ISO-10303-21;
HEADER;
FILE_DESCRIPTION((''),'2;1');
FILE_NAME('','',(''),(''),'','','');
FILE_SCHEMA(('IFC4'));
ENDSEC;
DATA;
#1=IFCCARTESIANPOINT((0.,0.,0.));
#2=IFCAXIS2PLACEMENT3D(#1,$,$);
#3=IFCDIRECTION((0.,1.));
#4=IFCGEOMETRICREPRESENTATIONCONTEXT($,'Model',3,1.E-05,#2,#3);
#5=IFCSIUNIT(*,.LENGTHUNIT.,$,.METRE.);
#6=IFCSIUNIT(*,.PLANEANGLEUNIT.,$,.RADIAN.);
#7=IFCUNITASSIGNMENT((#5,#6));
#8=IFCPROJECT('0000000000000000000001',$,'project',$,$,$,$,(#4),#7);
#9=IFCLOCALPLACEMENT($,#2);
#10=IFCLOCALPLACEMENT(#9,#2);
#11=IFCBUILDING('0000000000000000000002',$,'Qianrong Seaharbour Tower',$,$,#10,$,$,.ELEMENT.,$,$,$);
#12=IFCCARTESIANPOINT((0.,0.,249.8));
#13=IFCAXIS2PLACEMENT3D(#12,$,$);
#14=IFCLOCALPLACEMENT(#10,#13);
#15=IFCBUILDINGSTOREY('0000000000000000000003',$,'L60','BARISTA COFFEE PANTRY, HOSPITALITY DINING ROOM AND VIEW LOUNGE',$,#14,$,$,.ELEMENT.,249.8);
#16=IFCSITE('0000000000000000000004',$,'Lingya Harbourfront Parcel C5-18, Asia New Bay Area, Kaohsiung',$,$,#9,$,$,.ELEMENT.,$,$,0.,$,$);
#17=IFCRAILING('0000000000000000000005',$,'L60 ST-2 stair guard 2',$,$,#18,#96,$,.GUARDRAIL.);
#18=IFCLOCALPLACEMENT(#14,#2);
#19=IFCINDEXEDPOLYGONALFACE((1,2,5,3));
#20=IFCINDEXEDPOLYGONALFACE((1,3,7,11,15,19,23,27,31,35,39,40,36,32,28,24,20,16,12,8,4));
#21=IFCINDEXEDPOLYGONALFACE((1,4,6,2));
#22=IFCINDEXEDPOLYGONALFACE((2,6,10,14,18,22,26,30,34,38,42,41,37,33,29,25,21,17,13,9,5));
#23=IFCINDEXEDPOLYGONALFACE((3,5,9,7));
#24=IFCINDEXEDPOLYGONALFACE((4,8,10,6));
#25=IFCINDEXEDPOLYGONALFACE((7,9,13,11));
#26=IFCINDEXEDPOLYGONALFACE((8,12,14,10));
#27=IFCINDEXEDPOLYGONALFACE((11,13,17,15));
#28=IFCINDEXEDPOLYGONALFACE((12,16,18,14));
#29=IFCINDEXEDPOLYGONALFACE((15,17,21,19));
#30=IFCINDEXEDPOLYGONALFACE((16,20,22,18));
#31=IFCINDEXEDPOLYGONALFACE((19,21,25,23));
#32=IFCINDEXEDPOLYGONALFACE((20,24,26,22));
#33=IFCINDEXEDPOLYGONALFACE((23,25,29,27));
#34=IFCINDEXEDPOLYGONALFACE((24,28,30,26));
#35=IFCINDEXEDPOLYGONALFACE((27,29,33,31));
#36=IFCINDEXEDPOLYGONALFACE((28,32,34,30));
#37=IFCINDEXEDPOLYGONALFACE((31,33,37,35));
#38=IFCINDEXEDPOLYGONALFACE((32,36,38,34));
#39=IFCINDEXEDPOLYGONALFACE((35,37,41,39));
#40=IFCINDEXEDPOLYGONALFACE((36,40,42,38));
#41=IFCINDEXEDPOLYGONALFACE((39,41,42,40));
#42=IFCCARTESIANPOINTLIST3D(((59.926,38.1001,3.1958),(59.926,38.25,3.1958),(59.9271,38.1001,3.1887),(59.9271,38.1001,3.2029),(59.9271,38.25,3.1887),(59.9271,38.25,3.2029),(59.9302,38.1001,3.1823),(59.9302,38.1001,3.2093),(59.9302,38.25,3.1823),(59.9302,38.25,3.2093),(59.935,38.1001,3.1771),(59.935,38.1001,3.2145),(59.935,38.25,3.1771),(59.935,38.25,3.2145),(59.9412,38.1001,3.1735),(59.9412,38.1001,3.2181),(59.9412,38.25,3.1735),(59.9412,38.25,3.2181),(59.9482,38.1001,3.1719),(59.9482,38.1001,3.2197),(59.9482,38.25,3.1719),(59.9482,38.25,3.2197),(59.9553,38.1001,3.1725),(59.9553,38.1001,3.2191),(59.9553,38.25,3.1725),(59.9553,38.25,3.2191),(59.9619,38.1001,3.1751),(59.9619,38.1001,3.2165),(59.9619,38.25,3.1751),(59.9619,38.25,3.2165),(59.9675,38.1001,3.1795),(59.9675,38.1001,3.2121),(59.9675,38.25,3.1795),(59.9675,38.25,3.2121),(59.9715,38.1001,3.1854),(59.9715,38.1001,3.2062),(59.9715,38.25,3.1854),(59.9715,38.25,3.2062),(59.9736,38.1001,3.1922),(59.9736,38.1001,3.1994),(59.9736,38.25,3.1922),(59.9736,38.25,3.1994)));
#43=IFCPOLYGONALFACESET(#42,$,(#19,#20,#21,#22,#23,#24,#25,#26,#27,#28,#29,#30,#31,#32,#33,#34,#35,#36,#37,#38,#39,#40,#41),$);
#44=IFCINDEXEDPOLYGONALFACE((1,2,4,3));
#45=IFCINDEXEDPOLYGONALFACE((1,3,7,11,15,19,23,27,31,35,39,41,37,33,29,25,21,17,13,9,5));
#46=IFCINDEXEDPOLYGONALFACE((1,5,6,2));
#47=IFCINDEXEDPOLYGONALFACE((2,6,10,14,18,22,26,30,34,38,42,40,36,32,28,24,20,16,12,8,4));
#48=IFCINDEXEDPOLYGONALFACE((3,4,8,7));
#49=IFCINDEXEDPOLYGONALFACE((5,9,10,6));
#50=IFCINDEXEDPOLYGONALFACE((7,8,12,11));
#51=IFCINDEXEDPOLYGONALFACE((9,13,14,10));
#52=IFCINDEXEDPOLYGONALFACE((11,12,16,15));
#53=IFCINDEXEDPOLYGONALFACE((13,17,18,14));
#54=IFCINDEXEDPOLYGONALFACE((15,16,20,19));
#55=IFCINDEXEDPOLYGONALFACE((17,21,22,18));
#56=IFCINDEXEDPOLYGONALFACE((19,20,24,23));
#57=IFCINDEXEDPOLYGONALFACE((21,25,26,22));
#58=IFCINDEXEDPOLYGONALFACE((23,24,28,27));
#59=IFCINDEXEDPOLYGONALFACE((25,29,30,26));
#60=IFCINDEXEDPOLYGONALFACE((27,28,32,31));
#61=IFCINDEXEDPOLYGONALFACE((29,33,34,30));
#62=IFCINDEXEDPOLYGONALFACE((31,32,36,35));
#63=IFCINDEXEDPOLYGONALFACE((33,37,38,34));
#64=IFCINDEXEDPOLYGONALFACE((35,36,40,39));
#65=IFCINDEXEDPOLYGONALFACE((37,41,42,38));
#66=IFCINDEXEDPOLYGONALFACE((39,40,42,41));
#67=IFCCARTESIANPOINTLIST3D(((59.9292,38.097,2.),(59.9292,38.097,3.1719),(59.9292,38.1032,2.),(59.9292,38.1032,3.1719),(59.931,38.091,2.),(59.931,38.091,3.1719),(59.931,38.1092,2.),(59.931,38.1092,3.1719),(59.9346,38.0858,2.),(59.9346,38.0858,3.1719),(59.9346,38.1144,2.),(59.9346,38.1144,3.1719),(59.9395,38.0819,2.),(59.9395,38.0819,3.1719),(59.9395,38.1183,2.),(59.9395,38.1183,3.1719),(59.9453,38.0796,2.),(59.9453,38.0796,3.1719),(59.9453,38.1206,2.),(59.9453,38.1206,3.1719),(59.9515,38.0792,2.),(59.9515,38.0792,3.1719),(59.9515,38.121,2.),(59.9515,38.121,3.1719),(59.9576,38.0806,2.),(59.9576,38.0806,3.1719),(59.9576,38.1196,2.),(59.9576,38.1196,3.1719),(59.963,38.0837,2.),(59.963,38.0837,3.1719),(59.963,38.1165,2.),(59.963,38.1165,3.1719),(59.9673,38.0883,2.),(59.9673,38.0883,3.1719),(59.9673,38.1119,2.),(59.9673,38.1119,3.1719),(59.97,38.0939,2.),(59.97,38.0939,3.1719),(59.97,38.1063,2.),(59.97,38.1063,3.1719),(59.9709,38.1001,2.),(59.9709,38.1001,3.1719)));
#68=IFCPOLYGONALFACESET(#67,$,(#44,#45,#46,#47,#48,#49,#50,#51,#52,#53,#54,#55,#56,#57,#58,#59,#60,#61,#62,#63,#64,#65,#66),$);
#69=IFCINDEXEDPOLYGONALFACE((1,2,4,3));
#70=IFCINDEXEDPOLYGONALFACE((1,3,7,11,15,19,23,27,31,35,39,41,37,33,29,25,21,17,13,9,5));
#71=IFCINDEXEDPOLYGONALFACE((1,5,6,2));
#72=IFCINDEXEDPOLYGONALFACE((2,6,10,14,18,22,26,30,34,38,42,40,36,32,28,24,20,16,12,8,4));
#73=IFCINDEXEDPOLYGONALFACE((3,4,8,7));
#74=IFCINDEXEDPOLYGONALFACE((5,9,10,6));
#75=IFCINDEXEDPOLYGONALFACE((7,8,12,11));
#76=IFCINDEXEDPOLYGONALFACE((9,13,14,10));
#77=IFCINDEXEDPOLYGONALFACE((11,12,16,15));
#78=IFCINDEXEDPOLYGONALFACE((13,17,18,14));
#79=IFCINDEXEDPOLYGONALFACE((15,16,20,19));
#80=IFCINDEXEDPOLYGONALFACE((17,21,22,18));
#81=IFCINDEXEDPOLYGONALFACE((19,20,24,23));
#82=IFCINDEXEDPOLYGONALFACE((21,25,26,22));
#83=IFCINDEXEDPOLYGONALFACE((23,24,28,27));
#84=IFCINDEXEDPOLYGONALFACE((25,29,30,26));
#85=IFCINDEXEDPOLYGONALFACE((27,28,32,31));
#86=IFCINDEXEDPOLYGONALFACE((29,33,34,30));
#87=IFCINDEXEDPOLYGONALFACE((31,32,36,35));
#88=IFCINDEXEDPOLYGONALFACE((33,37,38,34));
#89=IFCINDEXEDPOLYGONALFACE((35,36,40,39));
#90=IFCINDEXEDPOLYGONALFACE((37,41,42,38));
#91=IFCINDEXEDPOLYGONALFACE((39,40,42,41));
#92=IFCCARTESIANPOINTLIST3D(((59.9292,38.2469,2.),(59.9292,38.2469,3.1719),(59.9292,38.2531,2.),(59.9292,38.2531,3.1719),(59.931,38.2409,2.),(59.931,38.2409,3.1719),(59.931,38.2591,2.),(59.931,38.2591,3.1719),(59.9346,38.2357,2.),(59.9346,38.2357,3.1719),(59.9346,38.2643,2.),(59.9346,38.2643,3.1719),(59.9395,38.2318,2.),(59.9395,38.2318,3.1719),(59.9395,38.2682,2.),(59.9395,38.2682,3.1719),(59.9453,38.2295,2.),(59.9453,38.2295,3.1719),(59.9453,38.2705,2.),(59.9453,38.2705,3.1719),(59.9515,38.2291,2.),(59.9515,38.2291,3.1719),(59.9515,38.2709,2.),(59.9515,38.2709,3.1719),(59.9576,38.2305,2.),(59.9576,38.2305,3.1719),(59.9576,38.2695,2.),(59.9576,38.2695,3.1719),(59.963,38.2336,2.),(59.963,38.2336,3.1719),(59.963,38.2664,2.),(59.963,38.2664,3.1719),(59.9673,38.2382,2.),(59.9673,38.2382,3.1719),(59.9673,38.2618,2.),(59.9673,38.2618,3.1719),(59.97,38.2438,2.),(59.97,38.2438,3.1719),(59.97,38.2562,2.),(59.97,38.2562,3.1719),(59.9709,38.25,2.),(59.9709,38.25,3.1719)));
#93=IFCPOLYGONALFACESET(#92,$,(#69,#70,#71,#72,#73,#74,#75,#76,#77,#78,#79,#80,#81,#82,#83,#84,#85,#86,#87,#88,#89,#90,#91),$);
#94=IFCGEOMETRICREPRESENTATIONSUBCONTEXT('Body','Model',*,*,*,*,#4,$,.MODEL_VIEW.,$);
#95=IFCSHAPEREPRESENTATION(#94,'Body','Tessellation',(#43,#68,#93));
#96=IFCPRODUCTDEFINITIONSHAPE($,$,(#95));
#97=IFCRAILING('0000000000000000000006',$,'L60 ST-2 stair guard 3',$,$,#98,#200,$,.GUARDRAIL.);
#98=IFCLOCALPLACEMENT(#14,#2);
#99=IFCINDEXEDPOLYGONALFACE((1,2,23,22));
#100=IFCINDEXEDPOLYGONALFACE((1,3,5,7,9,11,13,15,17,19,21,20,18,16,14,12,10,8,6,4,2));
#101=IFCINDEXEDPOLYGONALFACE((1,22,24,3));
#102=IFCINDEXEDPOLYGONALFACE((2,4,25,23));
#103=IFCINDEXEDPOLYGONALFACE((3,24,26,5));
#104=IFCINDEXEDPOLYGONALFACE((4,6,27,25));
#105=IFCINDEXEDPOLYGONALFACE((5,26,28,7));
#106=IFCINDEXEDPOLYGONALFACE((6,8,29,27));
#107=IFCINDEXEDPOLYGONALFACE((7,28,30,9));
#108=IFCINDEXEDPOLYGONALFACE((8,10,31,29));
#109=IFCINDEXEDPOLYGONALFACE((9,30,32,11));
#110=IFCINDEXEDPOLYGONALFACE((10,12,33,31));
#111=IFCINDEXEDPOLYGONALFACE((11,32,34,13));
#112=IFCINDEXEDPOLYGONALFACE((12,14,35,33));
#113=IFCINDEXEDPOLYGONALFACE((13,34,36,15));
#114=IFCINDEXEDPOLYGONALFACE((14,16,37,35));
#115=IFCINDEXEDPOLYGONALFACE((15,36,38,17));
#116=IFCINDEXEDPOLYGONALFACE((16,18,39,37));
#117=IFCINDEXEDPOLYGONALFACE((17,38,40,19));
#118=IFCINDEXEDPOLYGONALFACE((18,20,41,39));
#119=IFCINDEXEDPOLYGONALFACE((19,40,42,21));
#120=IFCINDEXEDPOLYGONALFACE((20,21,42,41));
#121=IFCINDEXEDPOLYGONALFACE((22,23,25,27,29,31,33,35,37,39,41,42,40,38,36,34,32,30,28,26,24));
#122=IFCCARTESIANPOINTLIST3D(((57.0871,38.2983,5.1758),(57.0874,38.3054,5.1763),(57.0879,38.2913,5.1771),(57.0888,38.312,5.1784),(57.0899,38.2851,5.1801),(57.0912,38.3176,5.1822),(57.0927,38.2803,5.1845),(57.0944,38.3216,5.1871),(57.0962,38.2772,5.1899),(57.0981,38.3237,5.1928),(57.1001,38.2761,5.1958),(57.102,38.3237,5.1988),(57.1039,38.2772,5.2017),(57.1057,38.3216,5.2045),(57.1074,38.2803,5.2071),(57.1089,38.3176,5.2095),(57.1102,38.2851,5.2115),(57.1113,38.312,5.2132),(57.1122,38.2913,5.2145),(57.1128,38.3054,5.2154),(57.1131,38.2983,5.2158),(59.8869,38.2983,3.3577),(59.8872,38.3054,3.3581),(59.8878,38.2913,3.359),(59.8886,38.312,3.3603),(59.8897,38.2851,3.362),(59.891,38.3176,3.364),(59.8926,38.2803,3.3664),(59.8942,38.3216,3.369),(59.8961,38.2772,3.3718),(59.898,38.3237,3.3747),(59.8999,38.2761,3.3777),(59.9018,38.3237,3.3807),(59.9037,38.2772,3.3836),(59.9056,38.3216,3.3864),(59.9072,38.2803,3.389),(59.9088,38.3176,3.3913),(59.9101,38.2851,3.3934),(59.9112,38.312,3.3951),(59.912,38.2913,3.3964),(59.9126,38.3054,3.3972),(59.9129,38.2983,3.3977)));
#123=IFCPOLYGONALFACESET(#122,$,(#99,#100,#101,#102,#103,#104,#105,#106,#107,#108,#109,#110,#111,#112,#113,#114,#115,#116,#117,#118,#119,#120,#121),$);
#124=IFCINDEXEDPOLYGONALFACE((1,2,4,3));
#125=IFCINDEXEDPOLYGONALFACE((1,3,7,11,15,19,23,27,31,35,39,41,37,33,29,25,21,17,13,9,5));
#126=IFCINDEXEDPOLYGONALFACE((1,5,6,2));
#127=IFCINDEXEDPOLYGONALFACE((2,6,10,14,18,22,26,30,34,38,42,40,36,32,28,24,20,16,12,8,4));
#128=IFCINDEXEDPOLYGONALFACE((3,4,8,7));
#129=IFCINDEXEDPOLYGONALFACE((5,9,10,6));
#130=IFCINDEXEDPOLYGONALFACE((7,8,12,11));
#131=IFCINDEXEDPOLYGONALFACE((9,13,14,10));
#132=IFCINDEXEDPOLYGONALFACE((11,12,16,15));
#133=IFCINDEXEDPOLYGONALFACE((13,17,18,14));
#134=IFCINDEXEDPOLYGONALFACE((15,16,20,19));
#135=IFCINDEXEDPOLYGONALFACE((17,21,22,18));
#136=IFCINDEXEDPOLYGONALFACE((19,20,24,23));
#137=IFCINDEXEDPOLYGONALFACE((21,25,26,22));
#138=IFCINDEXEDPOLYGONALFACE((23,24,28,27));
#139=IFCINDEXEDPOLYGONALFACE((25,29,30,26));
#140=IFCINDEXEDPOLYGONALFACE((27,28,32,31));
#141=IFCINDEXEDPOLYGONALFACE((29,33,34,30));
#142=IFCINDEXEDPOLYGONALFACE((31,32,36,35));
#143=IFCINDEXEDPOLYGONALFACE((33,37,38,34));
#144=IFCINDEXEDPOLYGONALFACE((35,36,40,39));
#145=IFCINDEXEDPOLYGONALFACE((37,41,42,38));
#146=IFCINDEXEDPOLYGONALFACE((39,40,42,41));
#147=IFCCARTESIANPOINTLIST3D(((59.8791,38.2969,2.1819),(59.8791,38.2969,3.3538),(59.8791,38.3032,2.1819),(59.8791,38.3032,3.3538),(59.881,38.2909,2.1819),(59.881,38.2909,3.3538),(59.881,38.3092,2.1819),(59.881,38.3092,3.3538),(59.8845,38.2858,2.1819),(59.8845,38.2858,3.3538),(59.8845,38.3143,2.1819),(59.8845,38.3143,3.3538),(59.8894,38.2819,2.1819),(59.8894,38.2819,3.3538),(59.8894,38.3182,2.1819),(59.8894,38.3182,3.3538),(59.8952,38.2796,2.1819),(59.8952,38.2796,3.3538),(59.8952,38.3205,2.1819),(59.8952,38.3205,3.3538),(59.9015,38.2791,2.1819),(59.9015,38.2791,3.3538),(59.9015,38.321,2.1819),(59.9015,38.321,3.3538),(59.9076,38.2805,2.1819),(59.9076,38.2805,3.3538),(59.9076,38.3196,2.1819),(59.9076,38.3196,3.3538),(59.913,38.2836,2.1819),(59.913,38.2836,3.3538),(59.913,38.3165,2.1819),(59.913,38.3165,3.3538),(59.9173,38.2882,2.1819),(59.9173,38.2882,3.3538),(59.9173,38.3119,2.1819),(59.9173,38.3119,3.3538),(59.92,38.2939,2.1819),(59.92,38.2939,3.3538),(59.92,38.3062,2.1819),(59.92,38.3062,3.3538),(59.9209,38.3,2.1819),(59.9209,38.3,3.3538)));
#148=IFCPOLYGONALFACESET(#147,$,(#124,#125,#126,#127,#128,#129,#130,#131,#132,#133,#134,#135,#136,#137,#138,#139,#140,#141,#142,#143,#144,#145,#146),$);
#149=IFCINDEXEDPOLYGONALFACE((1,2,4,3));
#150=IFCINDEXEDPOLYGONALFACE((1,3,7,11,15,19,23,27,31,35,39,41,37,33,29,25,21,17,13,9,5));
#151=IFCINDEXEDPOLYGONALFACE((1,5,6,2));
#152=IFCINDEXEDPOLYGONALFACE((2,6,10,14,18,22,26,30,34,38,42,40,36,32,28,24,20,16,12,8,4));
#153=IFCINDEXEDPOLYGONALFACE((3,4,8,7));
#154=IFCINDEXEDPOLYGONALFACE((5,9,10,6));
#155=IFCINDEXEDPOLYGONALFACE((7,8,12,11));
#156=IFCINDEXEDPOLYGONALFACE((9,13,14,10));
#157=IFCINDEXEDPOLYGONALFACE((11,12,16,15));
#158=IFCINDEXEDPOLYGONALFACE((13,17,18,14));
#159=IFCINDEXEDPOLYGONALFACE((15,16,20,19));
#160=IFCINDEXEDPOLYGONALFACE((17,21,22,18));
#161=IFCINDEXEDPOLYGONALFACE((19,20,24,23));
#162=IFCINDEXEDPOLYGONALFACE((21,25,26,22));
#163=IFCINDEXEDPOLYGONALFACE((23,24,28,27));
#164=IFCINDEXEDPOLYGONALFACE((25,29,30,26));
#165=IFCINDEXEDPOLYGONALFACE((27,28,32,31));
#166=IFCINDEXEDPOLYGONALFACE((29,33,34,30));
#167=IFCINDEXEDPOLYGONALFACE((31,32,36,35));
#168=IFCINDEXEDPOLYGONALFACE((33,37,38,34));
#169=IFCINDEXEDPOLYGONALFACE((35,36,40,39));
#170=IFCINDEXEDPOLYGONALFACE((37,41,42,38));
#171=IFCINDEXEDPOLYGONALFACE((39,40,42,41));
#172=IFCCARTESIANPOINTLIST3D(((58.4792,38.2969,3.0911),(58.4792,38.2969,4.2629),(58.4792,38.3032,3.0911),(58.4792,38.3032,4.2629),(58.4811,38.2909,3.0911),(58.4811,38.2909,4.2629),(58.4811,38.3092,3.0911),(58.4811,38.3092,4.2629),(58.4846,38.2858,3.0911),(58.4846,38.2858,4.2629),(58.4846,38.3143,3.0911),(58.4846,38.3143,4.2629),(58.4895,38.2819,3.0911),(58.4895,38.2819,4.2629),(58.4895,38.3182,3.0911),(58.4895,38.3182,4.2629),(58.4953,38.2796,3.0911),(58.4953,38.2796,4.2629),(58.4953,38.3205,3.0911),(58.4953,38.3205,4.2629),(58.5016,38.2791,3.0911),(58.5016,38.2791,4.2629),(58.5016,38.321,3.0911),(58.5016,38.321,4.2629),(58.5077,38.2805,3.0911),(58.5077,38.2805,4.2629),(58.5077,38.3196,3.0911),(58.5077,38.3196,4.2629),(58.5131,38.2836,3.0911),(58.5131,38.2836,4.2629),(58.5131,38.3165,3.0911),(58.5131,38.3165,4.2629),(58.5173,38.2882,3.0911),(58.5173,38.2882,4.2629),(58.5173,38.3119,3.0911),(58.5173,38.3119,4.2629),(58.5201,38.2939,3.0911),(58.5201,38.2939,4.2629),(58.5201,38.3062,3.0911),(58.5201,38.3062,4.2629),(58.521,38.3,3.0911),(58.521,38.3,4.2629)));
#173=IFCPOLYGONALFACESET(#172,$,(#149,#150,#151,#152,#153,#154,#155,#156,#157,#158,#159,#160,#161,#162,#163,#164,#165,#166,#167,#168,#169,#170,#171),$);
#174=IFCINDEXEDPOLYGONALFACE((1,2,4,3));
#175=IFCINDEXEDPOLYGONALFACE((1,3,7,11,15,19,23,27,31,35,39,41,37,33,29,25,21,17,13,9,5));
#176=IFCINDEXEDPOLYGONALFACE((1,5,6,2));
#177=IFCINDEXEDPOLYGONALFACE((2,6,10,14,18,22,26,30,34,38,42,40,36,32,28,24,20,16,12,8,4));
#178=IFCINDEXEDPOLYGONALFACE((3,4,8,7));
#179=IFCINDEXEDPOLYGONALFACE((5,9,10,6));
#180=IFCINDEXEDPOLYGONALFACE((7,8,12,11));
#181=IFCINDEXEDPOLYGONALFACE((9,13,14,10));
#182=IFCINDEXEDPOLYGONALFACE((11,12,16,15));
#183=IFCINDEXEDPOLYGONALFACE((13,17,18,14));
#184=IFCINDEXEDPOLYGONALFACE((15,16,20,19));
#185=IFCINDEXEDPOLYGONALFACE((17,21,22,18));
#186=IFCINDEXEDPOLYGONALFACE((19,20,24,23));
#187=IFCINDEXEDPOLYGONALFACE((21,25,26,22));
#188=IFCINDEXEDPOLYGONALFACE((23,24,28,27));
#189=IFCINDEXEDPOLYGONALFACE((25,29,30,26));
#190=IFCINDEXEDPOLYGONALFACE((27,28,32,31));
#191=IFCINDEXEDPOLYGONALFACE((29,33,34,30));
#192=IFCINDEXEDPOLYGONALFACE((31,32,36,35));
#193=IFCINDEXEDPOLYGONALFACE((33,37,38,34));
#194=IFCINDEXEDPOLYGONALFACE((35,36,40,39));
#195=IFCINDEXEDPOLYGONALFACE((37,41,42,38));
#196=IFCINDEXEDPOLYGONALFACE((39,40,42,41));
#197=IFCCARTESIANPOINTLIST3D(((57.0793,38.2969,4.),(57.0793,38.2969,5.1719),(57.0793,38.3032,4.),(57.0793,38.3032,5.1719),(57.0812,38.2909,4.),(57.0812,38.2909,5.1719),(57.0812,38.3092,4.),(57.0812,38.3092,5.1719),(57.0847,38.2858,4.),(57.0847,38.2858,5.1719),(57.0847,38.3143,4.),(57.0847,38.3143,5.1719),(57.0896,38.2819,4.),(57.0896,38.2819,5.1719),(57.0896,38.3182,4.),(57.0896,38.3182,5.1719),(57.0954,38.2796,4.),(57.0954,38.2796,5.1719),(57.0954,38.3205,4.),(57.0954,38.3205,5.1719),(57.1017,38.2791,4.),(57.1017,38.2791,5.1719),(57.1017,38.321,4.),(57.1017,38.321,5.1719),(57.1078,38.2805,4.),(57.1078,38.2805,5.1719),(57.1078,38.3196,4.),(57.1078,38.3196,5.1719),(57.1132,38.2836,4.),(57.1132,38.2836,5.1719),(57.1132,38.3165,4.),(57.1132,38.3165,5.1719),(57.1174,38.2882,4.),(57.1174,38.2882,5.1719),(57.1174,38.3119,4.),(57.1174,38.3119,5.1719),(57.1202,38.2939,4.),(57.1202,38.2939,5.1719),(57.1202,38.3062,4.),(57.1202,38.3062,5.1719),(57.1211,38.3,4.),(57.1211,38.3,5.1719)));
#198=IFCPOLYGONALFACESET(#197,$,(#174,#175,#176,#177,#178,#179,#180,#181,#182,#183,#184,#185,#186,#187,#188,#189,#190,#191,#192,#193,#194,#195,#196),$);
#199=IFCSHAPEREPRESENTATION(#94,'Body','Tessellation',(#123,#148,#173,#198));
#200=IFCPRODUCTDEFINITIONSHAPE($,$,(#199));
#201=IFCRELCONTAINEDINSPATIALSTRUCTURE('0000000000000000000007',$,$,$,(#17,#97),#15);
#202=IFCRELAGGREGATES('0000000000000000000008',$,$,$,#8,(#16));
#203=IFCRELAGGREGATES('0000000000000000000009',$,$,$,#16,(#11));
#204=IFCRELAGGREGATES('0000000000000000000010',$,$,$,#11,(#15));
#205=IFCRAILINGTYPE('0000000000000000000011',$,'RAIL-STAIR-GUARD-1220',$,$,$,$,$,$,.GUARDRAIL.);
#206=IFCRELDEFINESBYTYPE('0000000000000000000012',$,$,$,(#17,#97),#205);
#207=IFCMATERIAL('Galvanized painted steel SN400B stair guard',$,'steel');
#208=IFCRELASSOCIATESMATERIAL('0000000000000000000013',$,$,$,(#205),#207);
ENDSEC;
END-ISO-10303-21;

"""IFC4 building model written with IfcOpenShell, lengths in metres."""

from ifc_helpers import new_model, si_unit, direction, frame, origin, origin_2d, place, context, subcontext, project, spatial, circle, extrude, material, type_object, element, save


model = new_model("IFC4")

# Units and contexts
model_context = context("Model", 3, precision=1e-05, world=origin(), true_north=direction((0.0, 1.0)))
body_context = subcontext(model_context, "Body", "Model", "MODEL_VIEW")
ifc_project = project(units=[si_unit("LENGTHUNIT", "METRE"), si_unit("PLANEANGLEUNIT", "RADIAN")], contexts=[model_context])

# Site, building, storey
site_placement = place(None, origin())
site = spatial("IfcSite", under=ifc_project, at=site_placement, Name="Lingya Harbourfront Parcel C5-18, Asia New Bay Area, Kaohsiung", CompositionType="ELEMENT", RefElevation=0.0)
building_placement = place(site_placement, origin())
building = spatial("IfcBuilding", under=site, at=building_placement, Name="Qianrong Seaharbour Tower", CompositionType="ELEMENT")
storey_placement = place(building_placement, frame((0.0, 0.0, 249.8)))
storey = spatial("IfcBuildingStorey", under=building, at=storey_placement, Name="L60", Description="BARISTA COFFEE PANTRY, HOSPITALITY DINING ROOM AND VIEW LOUNGE", CompositionType="ELEMENT", Elevation=249.8)

# Railings
ifc_material_1 = material(Name="Galvanized painted steel SN400B stair guard", Category="steel")
railing_type_1 = type_object("IfcRailingType", Name="RAIL-STAIR-GUARD-1220", PredefinedType="GUARDRAIL", material=ifc_material_1)
railing_1_placement = place(storey_placement, frame((59.95, 38.1001, 2.0)))
element("IfcRailing", 1, at=railing_1_placement, inside=storey, type_object=railing_type_1, Name="L60 ST-2 stair guard 2", PredefinedType="GUARDRAIL", context=body_context, shape_type="SweptSolid", body=[
    extrude(circle(Radius=0.0239, at=origin_2d()), frame((0.0, 0.0, 1.1958), z_axis=(0.0, 1.0, 0.0), x_axis=(-1.0, 0.0, 0.0)), (0.0, 0.0, 1.0), 0.1499),
    extrude(circle(Radius=0.021, at=origin_2d()), origin(), (0.0, 0.0, 1.0), 1.1719),
    extrude(circle(Radius=0.021, at=origin_2d()), frame((0.0, 0.1499, 0.0)), (0.0, 0.0, 1.0), 1.1719),
])
railing_2_placement = place(storey_placement, frame((59.8999, 38.3, 2.1819)))
element("IfcRailing", 2, at=railing_2_placement, inside=storey, type_object=railing_type_1, Name="L60 ST-2 stair guard 3", PredefinedType="GUARDRAIL", context=body_context, shape_type="SweptSolid", body=[
    extrude(circle(Radius=0.0239, at=origin_2d()), frame((0.0, 0.0, 1.1958), z_axis=(-0.838684, 0.0, 0.544618), x_axis=(0.0, -1.0, 0.0)), (0.0, 0.0, 1.0), 3.3384),
    extrude(circle(Radius=0.021, at=origin_2d()), origin(), (0.0, 0.0, 1.0), 1.1719),
    extrude(circle(Radius=0.021, at=origin_2d()), frame((-1.3999, 0.0, 0.9092)), (0.0, 0.0, 1.0), 1.1719),
    extrude(circle(Radius=0.021, at=origin_2d()), frame((-2.7998, 0.0, 1.8181)), (0.0, 0.0, 1.0), 1.1719),
])

save(model, "model.ifc")
